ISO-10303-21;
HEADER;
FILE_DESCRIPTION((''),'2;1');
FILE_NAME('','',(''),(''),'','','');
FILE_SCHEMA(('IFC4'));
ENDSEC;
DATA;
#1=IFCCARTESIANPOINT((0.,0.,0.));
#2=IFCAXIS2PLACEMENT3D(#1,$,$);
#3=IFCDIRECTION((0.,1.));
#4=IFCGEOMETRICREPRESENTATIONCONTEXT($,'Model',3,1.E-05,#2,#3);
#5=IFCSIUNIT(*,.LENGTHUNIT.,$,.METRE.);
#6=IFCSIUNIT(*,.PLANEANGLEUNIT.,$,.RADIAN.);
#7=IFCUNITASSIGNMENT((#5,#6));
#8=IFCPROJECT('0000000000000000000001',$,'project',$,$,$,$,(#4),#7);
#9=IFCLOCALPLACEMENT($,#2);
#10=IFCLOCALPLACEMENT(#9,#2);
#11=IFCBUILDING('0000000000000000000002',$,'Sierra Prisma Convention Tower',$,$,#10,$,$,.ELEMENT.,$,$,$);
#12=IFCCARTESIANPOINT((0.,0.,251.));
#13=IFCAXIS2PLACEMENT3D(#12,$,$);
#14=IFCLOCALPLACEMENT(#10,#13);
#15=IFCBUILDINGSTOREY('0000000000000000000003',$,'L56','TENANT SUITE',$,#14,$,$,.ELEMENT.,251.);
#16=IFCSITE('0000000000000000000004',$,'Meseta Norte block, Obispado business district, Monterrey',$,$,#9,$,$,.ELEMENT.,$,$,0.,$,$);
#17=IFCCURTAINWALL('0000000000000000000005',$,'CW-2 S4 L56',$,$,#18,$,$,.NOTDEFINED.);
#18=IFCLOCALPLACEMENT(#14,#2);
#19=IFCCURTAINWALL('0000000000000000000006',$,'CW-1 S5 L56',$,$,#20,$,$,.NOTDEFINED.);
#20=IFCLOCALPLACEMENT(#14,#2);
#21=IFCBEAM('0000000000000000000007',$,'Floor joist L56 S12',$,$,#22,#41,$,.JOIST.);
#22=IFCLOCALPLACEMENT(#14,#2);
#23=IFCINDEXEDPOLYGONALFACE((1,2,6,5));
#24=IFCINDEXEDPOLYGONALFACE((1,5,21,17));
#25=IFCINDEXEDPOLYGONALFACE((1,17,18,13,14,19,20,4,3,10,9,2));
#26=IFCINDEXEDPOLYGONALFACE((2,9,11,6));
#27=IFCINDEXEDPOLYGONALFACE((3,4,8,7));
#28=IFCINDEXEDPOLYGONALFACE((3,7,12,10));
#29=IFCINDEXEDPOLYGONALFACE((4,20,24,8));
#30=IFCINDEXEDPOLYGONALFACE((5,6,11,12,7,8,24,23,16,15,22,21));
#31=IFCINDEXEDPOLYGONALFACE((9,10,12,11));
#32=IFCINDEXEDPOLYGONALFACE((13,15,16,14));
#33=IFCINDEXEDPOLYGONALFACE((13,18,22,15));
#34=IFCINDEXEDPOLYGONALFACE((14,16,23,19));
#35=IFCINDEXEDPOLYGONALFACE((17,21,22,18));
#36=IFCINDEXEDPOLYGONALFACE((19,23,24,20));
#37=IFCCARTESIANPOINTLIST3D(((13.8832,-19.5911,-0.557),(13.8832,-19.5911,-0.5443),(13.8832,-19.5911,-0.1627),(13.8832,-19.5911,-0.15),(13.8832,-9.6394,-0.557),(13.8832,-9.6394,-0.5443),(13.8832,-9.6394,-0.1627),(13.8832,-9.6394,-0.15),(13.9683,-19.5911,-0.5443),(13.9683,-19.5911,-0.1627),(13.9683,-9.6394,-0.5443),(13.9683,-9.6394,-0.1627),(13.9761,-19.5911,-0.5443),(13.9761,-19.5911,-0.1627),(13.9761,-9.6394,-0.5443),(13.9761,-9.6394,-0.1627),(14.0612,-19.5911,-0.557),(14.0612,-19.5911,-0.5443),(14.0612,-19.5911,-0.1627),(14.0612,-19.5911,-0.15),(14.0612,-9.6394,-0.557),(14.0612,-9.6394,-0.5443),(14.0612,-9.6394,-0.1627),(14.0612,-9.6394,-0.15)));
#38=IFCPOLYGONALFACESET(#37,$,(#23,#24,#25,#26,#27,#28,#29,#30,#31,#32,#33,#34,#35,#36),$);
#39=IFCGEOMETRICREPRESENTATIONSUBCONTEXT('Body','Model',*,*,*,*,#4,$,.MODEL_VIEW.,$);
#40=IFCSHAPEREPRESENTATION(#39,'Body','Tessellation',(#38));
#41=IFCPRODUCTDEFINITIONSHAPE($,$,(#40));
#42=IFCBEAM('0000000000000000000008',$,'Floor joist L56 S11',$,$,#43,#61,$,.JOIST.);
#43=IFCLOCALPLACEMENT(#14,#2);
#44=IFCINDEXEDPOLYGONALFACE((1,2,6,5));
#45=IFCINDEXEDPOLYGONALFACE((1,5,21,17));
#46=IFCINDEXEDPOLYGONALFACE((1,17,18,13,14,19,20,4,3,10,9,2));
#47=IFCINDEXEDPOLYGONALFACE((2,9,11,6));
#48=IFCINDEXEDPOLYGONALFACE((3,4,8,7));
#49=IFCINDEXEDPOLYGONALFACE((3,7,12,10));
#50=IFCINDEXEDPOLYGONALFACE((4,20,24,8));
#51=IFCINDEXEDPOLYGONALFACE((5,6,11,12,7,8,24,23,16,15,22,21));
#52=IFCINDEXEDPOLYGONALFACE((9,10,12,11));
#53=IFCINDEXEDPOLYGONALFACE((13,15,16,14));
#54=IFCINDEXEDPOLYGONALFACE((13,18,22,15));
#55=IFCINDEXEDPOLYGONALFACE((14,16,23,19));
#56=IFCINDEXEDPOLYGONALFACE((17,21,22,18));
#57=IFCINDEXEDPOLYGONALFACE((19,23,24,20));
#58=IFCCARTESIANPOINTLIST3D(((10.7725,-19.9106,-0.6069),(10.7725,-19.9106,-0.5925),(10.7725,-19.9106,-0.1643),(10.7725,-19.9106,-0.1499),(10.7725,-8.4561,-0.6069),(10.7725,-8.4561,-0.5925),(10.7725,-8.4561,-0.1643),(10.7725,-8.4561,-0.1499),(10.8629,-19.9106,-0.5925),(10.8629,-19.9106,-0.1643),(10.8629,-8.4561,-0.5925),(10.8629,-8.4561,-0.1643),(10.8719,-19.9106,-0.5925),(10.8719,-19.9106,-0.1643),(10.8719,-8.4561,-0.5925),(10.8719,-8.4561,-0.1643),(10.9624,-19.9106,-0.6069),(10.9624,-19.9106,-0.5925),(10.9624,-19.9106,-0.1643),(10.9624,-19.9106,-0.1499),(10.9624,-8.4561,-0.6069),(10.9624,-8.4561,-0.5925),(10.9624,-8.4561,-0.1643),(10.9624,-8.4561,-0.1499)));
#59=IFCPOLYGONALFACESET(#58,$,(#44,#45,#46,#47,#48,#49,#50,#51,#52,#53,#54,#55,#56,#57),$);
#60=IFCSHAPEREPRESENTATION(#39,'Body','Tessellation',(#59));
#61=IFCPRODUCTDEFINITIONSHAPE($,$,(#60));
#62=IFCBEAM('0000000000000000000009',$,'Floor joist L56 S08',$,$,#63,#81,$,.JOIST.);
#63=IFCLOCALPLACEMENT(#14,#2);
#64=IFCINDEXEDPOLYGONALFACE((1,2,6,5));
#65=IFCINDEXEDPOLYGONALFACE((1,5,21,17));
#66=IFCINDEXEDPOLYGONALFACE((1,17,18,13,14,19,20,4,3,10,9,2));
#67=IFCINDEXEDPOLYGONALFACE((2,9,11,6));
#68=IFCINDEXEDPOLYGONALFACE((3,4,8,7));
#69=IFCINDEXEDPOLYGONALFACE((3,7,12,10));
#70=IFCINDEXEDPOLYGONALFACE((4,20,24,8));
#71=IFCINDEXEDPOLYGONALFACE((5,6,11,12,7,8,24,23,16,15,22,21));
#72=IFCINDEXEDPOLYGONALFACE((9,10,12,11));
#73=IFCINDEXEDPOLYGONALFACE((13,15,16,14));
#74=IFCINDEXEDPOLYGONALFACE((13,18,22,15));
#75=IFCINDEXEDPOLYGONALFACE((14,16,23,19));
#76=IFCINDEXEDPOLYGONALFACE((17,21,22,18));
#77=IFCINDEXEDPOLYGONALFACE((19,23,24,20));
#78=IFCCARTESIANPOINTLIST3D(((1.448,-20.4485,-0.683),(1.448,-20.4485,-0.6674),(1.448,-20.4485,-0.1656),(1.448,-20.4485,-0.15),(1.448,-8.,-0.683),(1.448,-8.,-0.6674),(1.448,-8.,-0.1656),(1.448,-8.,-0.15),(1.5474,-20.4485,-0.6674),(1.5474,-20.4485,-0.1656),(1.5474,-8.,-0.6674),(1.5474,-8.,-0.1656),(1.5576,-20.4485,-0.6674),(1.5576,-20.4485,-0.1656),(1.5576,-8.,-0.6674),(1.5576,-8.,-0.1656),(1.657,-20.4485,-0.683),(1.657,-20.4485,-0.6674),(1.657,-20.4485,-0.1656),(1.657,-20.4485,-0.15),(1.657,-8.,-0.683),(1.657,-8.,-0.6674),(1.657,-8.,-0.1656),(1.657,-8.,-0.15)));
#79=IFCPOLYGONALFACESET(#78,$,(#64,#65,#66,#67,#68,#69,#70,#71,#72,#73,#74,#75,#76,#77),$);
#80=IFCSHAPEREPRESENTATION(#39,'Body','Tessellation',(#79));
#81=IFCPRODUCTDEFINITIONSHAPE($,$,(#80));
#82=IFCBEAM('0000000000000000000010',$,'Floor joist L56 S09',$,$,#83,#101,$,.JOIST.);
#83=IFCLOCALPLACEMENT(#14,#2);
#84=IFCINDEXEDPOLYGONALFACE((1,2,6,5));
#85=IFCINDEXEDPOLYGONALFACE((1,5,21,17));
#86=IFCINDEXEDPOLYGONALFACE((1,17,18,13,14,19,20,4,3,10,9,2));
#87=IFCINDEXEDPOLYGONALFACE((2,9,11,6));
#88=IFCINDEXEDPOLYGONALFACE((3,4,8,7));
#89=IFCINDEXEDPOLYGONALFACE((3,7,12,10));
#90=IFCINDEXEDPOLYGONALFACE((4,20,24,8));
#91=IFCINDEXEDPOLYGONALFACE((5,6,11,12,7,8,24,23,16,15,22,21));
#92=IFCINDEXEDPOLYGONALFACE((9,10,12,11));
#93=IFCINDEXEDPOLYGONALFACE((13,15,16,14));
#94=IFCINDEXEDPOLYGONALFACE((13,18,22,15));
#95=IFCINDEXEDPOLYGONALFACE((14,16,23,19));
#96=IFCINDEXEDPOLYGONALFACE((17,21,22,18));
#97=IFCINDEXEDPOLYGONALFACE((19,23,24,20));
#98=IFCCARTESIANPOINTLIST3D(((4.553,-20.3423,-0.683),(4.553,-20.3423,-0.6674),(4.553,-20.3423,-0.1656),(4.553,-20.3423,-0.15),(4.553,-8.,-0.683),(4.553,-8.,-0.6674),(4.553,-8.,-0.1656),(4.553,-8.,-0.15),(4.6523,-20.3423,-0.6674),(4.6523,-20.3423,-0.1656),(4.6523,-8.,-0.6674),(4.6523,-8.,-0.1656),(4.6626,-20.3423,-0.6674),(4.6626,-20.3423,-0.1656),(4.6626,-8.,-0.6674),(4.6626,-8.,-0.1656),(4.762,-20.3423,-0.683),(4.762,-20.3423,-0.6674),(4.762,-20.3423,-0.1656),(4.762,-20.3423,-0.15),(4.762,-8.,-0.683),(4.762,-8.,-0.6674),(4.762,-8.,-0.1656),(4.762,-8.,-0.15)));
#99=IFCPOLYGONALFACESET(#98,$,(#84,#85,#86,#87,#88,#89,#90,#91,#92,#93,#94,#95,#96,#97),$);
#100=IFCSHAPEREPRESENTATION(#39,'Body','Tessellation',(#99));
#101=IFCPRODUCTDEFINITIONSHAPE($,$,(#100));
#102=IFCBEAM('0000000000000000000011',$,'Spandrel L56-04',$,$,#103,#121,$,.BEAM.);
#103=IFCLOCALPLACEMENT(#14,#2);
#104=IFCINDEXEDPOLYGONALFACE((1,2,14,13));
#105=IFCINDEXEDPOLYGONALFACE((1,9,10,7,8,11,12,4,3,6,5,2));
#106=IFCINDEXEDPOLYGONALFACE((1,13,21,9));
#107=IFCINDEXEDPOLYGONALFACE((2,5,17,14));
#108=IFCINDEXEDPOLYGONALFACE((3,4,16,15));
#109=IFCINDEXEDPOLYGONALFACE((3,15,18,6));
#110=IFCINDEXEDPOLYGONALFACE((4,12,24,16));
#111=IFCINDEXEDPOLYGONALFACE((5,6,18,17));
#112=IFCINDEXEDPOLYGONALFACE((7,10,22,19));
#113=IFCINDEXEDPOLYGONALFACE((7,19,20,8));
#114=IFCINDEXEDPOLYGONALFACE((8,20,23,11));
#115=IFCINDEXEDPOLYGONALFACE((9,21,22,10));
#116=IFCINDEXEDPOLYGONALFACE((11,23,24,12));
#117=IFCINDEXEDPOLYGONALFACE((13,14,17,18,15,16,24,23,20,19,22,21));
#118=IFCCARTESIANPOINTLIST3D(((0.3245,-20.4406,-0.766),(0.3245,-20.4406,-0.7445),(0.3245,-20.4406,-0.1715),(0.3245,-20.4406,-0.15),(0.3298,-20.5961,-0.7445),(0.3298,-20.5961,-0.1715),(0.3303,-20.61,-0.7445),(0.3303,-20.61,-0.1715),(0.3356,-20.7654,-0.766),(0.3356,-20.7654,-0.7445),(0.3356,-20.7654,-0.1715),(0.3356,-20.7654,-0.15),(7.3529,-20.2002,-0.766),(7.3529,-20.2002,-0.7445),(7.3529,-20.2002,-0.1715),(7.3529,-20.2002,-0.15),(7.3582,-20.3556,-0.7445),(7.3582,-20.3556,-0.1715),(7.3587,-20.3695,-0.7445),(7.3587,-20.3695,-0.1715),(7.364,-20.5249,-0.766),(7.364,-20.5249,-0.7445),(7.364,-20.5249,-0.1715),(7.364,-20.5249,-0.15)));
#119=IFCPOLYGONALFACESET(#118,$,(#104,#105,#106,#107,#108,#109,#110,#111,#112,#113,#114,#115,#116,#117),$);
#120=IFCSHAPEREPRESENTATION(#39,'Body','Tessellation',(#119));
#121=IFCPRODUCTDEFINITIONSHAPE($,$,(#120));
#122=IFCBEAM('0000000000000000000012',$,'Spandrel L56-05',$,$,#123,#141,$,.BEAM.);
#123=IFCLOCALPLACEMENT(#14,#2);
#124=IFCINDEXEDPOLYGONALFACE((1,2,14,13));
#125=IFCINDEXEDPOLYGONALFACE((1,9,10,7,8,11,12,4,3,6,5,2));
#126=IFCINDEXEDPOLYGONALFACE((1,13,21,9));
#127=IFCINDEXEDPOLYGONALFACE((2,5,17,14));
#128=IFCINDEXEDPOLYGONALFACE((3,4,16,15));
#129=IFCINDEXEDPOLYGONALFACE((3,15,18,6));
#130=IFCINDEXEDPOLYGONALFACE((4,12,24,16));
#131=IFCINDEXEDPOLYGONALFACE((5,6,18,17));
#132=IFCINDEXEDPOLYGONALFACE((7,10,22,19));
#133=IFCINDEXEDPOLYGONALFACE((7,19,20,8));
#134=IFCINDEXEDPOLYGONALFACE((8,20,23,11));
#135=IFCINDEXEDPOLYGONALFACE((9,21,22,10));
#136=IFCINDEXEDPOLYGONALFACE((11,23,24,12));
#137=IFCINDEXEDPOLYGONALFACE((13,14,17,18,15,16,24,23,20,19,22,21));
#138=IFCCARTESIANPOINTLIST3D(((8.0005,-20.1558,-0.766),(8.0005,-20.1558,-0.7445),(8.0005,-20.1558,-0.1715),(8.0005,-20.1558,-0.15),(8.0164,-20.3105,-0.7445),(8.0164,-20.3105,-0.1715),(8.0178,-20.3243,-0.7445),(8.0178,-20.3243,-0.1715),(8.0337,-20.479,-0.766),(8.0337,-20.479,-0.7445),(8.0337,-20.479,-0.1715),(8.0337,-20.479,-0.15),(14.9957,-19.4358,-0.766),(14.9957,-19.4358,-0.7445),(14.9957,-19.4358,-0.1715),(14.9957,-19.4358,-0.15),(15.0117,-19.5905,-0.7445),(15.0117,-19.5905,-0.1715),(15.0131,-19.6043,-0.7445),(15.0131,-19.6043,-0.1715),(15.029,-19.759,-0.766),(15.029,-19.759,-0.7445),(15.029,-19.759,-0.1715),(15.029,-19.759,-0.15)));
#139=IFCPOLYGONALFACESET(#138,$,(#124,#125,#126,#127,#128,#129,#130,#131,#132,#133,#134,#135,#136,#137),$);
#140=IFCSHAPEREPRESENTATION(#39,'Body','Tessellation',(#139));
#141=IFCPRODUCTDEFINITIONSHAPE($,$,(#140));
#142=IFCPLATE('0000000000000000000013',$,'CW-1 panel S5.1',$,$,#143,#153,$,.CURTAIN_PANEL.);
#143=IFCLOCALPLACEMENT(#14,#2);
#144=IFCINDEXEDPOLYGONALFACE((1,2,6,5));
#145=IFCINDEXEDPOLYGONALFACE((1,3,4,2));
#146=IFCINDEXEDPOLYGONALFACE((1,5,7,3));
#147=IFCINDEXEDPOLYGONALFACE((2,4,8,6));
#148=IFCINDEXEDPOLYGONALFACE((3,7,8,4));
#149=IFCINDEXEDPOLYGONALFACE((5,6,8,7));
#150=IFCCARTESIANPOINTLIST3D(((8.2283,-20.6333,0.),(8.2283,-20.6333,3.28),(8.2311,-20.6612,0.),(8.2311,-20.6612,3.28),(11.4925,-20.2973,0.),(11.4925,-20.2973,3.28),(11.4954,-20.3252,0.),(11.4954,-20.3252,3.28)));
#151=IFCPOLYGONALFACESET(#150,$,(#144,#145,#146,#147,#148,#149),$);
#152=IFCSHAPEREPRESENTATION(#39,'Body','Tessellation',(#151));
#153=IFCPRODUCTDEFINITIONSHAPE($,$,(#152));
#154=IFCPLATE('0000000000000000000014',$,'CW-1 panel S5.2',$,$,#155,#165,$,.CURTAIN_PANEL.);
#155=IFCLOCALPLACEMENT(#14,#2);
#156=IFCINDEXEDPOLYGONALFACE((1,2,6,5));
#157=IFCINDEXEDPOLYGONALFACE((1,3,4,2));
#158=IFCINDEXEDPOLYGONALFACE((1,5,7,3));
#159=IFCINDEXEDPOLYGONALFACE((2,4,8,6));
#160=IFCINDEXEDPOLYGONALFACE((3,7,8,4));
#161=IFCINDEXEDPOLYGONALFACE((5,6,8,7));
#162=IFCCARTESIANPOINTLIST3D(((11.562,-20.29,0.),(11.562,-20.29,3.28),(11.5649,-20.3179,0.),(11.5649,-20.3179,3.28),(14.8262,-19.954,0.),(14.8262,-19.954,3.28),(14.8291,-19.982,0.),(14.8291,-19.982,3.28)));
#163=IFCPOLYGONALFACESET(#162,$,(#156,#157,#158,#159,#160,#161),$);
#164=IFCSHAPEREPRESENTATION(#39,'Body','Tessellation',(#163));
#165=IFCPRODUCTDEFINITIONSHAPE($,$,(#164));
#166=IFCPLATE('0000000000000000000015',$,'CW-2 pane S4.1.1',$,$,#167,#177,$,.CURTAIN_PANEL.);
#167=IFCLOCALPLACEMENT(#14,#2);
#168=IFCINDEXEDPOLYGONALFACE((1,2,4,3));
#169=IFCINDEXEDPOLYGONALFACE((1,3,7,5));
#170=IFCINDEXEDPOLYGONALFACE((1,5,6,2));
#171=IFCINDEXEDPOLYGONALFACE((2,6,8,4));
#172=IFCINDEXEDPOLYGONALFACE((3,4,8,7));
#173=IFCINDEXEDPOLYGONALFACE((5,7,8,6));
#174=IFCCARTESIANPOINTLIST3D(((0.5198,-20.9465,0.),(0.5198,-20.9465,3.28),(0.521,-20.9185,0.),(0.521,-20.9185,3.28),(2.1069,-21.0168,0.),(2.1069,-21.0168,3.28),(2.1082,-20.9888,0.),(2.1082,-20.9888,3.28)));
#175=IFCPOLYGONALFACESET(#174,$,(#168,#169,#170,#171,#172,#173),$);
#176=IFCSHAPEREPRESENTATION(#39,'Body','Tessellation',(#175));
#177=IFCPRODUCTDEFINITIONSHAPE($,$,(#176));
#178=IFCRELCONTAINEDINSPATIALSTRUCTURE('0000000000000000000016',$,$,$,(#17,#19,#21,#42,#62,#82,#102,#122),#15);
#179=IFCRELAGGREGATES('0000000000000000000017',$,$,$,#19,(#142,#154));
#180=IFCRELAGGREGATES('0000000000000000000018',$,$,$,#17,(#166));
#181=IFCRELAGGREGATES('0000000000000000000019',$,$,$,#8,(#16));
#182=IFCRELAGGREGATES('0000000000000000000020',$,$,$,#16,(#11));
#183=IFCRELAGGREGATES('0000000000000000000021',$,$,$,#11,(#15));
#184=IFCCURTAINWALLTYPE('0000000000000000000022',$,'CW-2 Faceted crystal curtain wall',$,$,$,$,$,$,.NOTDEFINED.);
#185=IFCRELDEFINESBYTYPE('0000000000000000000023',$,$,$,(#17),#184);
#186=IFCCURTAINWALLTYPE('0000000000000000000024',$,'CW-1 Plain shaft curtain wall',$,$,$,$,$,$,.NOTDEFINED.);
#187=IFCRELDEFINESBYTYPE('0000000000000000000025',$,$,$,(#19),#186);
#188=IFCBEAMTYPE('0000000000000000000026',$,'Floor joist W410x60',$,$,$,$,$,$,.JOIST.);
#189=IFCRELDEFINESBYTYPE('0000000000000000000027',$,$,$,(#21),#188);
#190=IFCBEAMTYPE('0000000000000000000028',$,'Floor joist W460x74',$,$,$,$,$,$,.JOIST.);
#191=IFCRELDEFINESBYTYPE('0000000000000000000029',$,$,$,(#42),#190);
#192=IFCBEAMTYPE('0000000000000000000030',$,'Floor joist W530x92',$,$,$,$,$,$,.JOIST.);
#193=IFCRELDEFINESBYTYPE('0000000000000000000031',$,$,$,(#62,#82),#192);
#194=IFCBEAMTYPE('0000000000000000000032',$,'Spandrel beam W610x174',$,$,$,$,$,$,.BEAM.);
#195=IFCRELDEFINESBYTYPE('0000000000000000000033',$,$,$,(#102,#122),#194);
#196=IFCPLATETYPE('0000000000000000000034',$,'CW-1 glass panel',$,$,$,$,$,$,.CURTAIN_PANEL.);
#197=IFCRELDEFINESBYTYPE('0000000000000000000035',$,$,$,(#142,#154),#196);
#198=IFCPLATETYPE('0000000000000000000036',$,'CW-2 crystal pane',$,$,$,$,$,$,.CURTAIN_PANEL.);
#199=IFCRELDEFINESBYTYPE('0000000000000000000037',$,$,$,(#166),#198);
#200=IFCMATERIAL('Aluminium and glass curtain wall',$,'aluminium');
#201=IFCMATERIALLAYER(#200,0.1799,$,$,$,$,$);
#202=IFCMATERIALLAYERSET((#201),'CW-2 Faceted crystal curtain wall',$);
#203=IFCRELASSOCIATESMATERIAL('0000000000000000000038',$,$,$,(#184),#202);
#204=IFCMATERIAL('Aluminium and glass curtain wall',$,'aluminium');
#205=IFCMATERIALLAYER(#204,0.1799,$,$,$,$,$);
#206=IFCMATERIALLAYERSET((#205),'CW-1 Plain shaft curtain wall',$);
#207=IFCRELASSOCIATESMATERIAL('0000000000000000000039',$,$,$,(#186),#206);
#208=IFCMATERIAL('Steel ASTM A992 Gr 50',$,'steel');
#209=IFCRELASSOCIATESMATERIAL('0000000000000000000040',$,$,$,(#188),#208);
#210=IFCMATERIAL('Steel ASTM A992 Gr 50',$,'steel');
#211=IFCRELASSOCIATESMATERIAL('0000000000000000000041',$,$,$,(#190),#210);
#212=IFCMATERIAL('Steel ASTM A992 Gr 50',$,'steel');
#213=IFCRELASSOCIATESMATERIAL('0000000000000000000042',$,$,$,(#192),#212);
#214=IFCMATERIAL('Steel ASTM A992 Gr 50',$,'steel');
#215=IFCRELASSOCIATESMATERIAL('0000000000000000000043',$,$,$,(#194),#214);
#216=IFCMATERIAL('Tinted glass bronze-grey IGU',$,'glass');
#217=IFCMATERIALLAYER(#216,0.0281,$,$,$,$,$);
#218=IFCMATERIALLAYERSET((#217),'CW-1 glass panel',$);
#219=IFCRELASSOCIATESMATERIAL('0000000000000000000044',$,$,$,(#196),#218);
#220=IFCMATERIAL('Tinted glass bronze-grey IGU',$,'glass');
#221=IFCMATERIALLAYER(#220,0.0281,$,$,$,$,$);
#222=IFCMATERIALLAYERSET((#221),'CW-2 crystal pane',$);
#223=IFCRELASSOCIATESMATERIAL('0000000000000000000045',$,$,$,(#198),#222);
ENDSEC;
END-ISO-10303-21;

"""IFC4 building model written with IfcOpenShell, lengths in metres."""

from ifc_helpers import new_model, si_unit, direction, frame, origin, origin_2d, place, context, subcontext, project, spatial, polyline, rectangle, i_section, outline, extrude, material, layer, layer_set, material_profile, profile_set, type_object, element, aggregate, save


model = new_model("IFC4")

# Units and contexts
model_context = context("Model", 3, precision=1e-05, world=origin(), true_north=direction((0.0, 1.0)))
body_context = subcontext(model_context, "Body", "Model", "MODEL_VIEW")
ifc_project = project(units=[si_unit("LENGTHUNIT", "METRE"), si_unit("PLANEANGLEUNIT", "RADIAN")], contexts=[model_context])

# Site, building, storey
site_placement = place(None, origin())
site = spatial("IfcSite", under=ifc_project, at=site_placement, Name="Meseta Norte block, Obispado business district, Monterrey", CompositionType="ELEMENT", RefElevation=0.0)
building_placement = place(site_placement, origin())
building = spatial("IfcBuilding", under=site, at=building_placement, Name="Sierra Prisma Convention Tower", CompositionType="ELEMENT")
storey_placement = place(building_placement, frame((0.0, 0.0, 251.0)))
storey = spatial("IfcBuildingStorey", under=building, at=storey_placement, Name="L56", Description="TENANT SUITE", CompositionType="ELEMENT", Elevation=251.0)

# Curtain walls
ifc_material_1 = material(Name="Aluminium and glass curtain wall", Category="aluminium")
ifc_layer_1 = layer(ifc_material_1, 0.1799)
ifc_layer_set_1 = layer_set([ifc_layer_1], Name="CW-2 Faceted crystal curtain wall")
curtain_wall_type_1 = type_object("IfcCurtainWallType", Name="CW-2 Faceted crystal curtain wall", PredefinedType="NOTDEFINED", material=ifc_layer_set_1)
curtain_wall_1_placement = place(storey_placement, origin())
curtain_wall_1 = element("IfcCurtainWall", 1, at=curtain_wall_1_placement, inside=storey, type_object=curtain_wall_type_1, Name="CW-2 S4 L56", PredefinedType="NOTDEFINED")
ifc_material_2 = material(Name="Aluminium and glass curtain wall", Category="aluminium")
ifc_layer_2 = layer(ifc_material_2, 0.1799)
ifc_layer_set_2 = layer_set([ifc_layer_2], Name="CW-1 Plain shaft curtain wall")
curtain_wall_type_2 = type_object("IfcCurtainWallType", Name="CW-1 Plain shaft curtain wall", PredefinedType="NOTDEFINED", material=ifc_layer_set_2)
curtain_wall_2_placement = place(storey_placement, origin())
curtain_wall_2 = element("IfcCurtainWall", 2, at=curtain_wall_2_placement, inside=storey, type_object=curtain_wall_type_2, Name="CW-1 S5 L56", PredefinedType="NOTDEFINED")

# Beams
ifc_material_3 = material(Name="Steel ASTM A992 Gr 50", Category="steel")
ifc_material_profile_1 = material_profile(ifc_material_3, i_section(OverallWidth=0.178, OverallDepth=0.407, WebThickness=0.0078, FlangeThickness=0.0127, at=origin_2d()), Name="W410x60")
ifc_profile_set_1 = profile_set([ifc_material_profile_1], Name="Steel ASTM A992 Gr 50")
beam_type_1 = type_object("IfcBeamType", Name="Floor joist W410x60", PredefinedType="JOIST", material=ifc_profile_set_1)
beam_1_placement = place(storey_placement, frame((13.9722, -19.5911, -0.3535), z_axis=(0.0, 1.0, 0.0), x_axis=(-1.0, 0.0, 0.0)))
element("IfcBeam", 3, at=beam_1_placement, inside=storey, type_object=beam_type_1, Name="Floor joist L56 S12", PredefinedType="JOIST", context=body_context, shape_type="SweptSolid", body=[
    extrude(i_section(OverallWidth=0.178, OverallDepth=0.407, WebThickness=0.0078, FlangeThickness=0.0127, at=origin_2d()), origin(), (0.0, 0.0, 1.0), 9.9517),
])
ifc_material_4 = material(Name="Steel ASTM A992 Gr 50", Category="steel")
ifc_material_profile_2 = material_profile(ifc_material_4, i_section(OverallWidth=0.1899, OverallDepth=0.457, WebThickness=0.009, FlangeThickness=0.0144, at=origin_2d()), Name="W460x74")
ifc_profile_set_2 = profile_set([ifc_material_profile_2], Name="Steel ASTM A992 Gr 50")
beam_type_2 = type_object("IfcBeamType", Name="Floor joist W460x74", PredefinedType="JOIST", material=ifc_profile_set_2)
beam_2_placement = place(storey_placement, frame((10.8674, -19.9106, -0.3784), z_axis=(0.0, 1.0, 0.0), x_axis=(-1.0, 0.0, 0.0)))
element("IfcBeam", 4, at=beam_2_placement, inside=storey, type_object=beam_type_2, Name="Floor joist L56 S11", PredefinedType="JOIST", context=body_context, shape_type="SweptSolid", body=[
    extrude(i_section(OverallWidth=0.1899, OverallDepth=0.457, WebThickness=0.009, FlangeThickness=0.0144, at=origin_2d()), origin(), (0.0, 0.0, 1.0), 11.4546),
])
ifc_material_5 = material(Name="Steel ASTM A992 Gr 50", Category="steel")
ifc_material_profile_3 = material_profile(ifc_material_5, i_section(OverallWidth=0.209, OverallDepth=0.533, WebThickness=0.0103, FlangeThickness=0.0156, at=origin_2d()), Name="W530x92")
ifc_profile_set_3 = profile_set([ifc_material_profile_3], Name="Steel ASTM A992 Gr 50")
beam_type_3 = type_object("IfcBeamType", Name="Floor joist W530x92", PredefinedType="JOIST", material=ifc_profile_set_3)
beam_3_placement = place(storey_placement, frame((1.5525, -20.4485, -0.4165), z_axis=(0.0, 1.0, 0.0), x_axis=(-1.0, 0.0, 0.0)))
element("IfcBeam", 5, at=beam_3_placement, inside=storey, type_object=beam_type_3, Name="Floor joist L56 S08", PredefinedType="JOIST", context=body_context, shape_type="SweptSolid", body=[
    extrude(i_section(OverallWidth=0.209, OverallDepth=0.533, WebThickness=0.0103, FlangeThickness=0.0156, at=origin_2d()), origin(), (0.0, 0.0, 1.0), 12.4485),
])
beam_4_placement = place(storey_placement, frame((4.6575, -20.3423, -0.4165), z_axis=(0.0, 1.0, 0.0), x_axis=(-1.0, 0.0, 0.0)))
element("IfcBeam", 6, at=beam_4_placement, inside=storey, type_object=beam_type_3, Name="Floor joist L56 S09", PredefinedType="JOIST", context=body_context, shape_type="SweptSolid", body=[
    extrude(i_section(OverallWidth=0.209, OverallDepth=0.533, WebThickness=0.0103, FlangeThickness=0.0156, at=origin_2d()), origin(), (0.0, 0.0, 1.0), 12.3423),
])
ifc_material_6 = material(Name="Steel ASTM A992 Gr 50", Category="steel")
ifc_material_profile_4 = material_profile(ifc_material_6, i_section(OverallWidth=0.325, OverallDepth=0.616, WebThickness=0.0139, FlangeThickness=0.0215, at=origin_2d()), Name="W610x174")
ifc_profile_set_4 = profile_set([ifc_material_profile_4], Name="Steel ASTM A992 Gr 50")
beam_type_4 = type_object("IfcBeamType", Name="Spandrel beam W610x174", PredefinedType="BEAM", material=ifc_profile_set_4)
beam_5_placement = place(storey_placement, frame((0.3301, -20.603, -0.458), z_axis=(0.999415, 0.034196, 0.0), x_axis=(-0.034196, 0.999415, 0.0)))
element("IfcBeam", 7, at=beam_5_placement, inside=storey, type_object=beam_type_4, Name="Spandrel L56-04", PredefinedType="BEAM", context=body_context, shape_type="SweptSolid", body=[
    extrude(i_section(OverallWidth=0.325, OverallDepth=0.616, WebThickness=0.0139, FlangeThickness=0.0215, at=origin_2d()), origin(), (0.0, 0.0, 1.0), 7.0325),
])
beam_6_placement = place(storey_placement, frame((8.0171, -20.3174, -0.458), z_axis=(0.994745, 0.10238, 0.0), x_axis=(-0.10238, 0.994745, 0.0)))
element("IfcBeam", 8, at=beam_6_placement, inside=storey, type_object=beam_type_4, Name="Spandrel L56-05", PredefinedType="BEAM", context=body_context, shape_type="SweptSolid", body=[
    extrude(i_section(OverallWidth=0.325, OverallDepth=0.616, WebThickness=0.0139, FlangeThickness=0.0215, at=origin_2d()), origin(), (0.0, 0.0, 1.0), 7.0322),
])

# Plates
ifc_material_7 = material(Name="Tinted glass bronze-grey IGU", Category="glass")
ifc_layer_3 = layer(ifc_material_7, 0.0281)
ifc_layer_set_3 = layer_set([ifc_layer_3], Name="CW-1 glass panel")
plate_type_1 = type_object("IfcPlateType", Name="CW-1 glass panel", PredefinedType="CURTAIN_PANEL", material=ifc_layer_set_3)
plate_1_placement = place(storey_placement, frame((9.8618, -20.4792, 0.0), z_axis=(0.0, 0.0, 1.0), x_axis=(0.994744, 0.102392, 0.0)))
plate_1 = element("IfcPlate", 9, at=plate_1_placement, type_object=plate_type_1, Name="CW-1 panel S5.1", PredefinedType="CURTAIN_PANEL", context=body_context, shape_type="SweptSolid", body=[
    extrude(rectangle(XDim=3.2815, YDim=0.0281, at=origin_2d()), origin(), (0.0, 0.0, 1.0), 3.28),
])
plate_2_placement = place(storey_placement, frame((13.1956, -20.136, 0.0), z_axis=(0.0, 0.0, 1.0), x_axis=(0.994744, 0.102392, 0.0)))
plate_2 = element("IfcPlate", 10, at=plate_2_placement, type_object=plate_type_1, Name="CW-1 panel S5.2", PredefinedType="CURTAIN_PANEL", context=body_context, shape_type="SweptSolid", body=[
    extrude(rectangle(XDim=3.2815, YDim=0.0281, at=origin_2d()), origin(), (0.0, 0.0, 1.0), 3.28),
])
aggregate(curtain_wall_2, [plate_1, plate_2])
ifc_material_8 = material(Name="Tinted glass bronze-grey IGU", Category="glass")
ifc_layer_4 = layer(ifc_material_8, 0.0281)
ifc_layer_set_4 = layer_set([ifc_layer_4], Name="CW-2 crystal pane")
plate_type_2 = type_object("IfcPlateType", Name="CW-2 crystal pane", PredefinedType="CURTAIN_PANEL", material=ifc_layer_set_4)
plate_3_placement = place(storey_placement, frame((0.5198, -20.9465, 0.0), z_axis=(-0.044257, -0.99902, 0.0), x_axis=(0.99902, -0.044257, 0.0)))
plate_3 = element("IfcPlate", 11, at=plate_3_placement, type_object=plate_type_2, Name="CW-2 pane S4.1.1", PredefinedType="CURTAIN_PANEL", context=body_context, shape_type="SweptSolid", body=[
    extrude(outline(polyline([(0.0, 0.0), (1.5887, 0.0), (1.5887, 3.28), (0.0, 3.28), (0.0, 0.0)])), origin(), (0.0, 0.0, -1.0), 0.0281),
])
aggregate(curtain_wall_1, [plate_3])

save(model, "model.ifc")
